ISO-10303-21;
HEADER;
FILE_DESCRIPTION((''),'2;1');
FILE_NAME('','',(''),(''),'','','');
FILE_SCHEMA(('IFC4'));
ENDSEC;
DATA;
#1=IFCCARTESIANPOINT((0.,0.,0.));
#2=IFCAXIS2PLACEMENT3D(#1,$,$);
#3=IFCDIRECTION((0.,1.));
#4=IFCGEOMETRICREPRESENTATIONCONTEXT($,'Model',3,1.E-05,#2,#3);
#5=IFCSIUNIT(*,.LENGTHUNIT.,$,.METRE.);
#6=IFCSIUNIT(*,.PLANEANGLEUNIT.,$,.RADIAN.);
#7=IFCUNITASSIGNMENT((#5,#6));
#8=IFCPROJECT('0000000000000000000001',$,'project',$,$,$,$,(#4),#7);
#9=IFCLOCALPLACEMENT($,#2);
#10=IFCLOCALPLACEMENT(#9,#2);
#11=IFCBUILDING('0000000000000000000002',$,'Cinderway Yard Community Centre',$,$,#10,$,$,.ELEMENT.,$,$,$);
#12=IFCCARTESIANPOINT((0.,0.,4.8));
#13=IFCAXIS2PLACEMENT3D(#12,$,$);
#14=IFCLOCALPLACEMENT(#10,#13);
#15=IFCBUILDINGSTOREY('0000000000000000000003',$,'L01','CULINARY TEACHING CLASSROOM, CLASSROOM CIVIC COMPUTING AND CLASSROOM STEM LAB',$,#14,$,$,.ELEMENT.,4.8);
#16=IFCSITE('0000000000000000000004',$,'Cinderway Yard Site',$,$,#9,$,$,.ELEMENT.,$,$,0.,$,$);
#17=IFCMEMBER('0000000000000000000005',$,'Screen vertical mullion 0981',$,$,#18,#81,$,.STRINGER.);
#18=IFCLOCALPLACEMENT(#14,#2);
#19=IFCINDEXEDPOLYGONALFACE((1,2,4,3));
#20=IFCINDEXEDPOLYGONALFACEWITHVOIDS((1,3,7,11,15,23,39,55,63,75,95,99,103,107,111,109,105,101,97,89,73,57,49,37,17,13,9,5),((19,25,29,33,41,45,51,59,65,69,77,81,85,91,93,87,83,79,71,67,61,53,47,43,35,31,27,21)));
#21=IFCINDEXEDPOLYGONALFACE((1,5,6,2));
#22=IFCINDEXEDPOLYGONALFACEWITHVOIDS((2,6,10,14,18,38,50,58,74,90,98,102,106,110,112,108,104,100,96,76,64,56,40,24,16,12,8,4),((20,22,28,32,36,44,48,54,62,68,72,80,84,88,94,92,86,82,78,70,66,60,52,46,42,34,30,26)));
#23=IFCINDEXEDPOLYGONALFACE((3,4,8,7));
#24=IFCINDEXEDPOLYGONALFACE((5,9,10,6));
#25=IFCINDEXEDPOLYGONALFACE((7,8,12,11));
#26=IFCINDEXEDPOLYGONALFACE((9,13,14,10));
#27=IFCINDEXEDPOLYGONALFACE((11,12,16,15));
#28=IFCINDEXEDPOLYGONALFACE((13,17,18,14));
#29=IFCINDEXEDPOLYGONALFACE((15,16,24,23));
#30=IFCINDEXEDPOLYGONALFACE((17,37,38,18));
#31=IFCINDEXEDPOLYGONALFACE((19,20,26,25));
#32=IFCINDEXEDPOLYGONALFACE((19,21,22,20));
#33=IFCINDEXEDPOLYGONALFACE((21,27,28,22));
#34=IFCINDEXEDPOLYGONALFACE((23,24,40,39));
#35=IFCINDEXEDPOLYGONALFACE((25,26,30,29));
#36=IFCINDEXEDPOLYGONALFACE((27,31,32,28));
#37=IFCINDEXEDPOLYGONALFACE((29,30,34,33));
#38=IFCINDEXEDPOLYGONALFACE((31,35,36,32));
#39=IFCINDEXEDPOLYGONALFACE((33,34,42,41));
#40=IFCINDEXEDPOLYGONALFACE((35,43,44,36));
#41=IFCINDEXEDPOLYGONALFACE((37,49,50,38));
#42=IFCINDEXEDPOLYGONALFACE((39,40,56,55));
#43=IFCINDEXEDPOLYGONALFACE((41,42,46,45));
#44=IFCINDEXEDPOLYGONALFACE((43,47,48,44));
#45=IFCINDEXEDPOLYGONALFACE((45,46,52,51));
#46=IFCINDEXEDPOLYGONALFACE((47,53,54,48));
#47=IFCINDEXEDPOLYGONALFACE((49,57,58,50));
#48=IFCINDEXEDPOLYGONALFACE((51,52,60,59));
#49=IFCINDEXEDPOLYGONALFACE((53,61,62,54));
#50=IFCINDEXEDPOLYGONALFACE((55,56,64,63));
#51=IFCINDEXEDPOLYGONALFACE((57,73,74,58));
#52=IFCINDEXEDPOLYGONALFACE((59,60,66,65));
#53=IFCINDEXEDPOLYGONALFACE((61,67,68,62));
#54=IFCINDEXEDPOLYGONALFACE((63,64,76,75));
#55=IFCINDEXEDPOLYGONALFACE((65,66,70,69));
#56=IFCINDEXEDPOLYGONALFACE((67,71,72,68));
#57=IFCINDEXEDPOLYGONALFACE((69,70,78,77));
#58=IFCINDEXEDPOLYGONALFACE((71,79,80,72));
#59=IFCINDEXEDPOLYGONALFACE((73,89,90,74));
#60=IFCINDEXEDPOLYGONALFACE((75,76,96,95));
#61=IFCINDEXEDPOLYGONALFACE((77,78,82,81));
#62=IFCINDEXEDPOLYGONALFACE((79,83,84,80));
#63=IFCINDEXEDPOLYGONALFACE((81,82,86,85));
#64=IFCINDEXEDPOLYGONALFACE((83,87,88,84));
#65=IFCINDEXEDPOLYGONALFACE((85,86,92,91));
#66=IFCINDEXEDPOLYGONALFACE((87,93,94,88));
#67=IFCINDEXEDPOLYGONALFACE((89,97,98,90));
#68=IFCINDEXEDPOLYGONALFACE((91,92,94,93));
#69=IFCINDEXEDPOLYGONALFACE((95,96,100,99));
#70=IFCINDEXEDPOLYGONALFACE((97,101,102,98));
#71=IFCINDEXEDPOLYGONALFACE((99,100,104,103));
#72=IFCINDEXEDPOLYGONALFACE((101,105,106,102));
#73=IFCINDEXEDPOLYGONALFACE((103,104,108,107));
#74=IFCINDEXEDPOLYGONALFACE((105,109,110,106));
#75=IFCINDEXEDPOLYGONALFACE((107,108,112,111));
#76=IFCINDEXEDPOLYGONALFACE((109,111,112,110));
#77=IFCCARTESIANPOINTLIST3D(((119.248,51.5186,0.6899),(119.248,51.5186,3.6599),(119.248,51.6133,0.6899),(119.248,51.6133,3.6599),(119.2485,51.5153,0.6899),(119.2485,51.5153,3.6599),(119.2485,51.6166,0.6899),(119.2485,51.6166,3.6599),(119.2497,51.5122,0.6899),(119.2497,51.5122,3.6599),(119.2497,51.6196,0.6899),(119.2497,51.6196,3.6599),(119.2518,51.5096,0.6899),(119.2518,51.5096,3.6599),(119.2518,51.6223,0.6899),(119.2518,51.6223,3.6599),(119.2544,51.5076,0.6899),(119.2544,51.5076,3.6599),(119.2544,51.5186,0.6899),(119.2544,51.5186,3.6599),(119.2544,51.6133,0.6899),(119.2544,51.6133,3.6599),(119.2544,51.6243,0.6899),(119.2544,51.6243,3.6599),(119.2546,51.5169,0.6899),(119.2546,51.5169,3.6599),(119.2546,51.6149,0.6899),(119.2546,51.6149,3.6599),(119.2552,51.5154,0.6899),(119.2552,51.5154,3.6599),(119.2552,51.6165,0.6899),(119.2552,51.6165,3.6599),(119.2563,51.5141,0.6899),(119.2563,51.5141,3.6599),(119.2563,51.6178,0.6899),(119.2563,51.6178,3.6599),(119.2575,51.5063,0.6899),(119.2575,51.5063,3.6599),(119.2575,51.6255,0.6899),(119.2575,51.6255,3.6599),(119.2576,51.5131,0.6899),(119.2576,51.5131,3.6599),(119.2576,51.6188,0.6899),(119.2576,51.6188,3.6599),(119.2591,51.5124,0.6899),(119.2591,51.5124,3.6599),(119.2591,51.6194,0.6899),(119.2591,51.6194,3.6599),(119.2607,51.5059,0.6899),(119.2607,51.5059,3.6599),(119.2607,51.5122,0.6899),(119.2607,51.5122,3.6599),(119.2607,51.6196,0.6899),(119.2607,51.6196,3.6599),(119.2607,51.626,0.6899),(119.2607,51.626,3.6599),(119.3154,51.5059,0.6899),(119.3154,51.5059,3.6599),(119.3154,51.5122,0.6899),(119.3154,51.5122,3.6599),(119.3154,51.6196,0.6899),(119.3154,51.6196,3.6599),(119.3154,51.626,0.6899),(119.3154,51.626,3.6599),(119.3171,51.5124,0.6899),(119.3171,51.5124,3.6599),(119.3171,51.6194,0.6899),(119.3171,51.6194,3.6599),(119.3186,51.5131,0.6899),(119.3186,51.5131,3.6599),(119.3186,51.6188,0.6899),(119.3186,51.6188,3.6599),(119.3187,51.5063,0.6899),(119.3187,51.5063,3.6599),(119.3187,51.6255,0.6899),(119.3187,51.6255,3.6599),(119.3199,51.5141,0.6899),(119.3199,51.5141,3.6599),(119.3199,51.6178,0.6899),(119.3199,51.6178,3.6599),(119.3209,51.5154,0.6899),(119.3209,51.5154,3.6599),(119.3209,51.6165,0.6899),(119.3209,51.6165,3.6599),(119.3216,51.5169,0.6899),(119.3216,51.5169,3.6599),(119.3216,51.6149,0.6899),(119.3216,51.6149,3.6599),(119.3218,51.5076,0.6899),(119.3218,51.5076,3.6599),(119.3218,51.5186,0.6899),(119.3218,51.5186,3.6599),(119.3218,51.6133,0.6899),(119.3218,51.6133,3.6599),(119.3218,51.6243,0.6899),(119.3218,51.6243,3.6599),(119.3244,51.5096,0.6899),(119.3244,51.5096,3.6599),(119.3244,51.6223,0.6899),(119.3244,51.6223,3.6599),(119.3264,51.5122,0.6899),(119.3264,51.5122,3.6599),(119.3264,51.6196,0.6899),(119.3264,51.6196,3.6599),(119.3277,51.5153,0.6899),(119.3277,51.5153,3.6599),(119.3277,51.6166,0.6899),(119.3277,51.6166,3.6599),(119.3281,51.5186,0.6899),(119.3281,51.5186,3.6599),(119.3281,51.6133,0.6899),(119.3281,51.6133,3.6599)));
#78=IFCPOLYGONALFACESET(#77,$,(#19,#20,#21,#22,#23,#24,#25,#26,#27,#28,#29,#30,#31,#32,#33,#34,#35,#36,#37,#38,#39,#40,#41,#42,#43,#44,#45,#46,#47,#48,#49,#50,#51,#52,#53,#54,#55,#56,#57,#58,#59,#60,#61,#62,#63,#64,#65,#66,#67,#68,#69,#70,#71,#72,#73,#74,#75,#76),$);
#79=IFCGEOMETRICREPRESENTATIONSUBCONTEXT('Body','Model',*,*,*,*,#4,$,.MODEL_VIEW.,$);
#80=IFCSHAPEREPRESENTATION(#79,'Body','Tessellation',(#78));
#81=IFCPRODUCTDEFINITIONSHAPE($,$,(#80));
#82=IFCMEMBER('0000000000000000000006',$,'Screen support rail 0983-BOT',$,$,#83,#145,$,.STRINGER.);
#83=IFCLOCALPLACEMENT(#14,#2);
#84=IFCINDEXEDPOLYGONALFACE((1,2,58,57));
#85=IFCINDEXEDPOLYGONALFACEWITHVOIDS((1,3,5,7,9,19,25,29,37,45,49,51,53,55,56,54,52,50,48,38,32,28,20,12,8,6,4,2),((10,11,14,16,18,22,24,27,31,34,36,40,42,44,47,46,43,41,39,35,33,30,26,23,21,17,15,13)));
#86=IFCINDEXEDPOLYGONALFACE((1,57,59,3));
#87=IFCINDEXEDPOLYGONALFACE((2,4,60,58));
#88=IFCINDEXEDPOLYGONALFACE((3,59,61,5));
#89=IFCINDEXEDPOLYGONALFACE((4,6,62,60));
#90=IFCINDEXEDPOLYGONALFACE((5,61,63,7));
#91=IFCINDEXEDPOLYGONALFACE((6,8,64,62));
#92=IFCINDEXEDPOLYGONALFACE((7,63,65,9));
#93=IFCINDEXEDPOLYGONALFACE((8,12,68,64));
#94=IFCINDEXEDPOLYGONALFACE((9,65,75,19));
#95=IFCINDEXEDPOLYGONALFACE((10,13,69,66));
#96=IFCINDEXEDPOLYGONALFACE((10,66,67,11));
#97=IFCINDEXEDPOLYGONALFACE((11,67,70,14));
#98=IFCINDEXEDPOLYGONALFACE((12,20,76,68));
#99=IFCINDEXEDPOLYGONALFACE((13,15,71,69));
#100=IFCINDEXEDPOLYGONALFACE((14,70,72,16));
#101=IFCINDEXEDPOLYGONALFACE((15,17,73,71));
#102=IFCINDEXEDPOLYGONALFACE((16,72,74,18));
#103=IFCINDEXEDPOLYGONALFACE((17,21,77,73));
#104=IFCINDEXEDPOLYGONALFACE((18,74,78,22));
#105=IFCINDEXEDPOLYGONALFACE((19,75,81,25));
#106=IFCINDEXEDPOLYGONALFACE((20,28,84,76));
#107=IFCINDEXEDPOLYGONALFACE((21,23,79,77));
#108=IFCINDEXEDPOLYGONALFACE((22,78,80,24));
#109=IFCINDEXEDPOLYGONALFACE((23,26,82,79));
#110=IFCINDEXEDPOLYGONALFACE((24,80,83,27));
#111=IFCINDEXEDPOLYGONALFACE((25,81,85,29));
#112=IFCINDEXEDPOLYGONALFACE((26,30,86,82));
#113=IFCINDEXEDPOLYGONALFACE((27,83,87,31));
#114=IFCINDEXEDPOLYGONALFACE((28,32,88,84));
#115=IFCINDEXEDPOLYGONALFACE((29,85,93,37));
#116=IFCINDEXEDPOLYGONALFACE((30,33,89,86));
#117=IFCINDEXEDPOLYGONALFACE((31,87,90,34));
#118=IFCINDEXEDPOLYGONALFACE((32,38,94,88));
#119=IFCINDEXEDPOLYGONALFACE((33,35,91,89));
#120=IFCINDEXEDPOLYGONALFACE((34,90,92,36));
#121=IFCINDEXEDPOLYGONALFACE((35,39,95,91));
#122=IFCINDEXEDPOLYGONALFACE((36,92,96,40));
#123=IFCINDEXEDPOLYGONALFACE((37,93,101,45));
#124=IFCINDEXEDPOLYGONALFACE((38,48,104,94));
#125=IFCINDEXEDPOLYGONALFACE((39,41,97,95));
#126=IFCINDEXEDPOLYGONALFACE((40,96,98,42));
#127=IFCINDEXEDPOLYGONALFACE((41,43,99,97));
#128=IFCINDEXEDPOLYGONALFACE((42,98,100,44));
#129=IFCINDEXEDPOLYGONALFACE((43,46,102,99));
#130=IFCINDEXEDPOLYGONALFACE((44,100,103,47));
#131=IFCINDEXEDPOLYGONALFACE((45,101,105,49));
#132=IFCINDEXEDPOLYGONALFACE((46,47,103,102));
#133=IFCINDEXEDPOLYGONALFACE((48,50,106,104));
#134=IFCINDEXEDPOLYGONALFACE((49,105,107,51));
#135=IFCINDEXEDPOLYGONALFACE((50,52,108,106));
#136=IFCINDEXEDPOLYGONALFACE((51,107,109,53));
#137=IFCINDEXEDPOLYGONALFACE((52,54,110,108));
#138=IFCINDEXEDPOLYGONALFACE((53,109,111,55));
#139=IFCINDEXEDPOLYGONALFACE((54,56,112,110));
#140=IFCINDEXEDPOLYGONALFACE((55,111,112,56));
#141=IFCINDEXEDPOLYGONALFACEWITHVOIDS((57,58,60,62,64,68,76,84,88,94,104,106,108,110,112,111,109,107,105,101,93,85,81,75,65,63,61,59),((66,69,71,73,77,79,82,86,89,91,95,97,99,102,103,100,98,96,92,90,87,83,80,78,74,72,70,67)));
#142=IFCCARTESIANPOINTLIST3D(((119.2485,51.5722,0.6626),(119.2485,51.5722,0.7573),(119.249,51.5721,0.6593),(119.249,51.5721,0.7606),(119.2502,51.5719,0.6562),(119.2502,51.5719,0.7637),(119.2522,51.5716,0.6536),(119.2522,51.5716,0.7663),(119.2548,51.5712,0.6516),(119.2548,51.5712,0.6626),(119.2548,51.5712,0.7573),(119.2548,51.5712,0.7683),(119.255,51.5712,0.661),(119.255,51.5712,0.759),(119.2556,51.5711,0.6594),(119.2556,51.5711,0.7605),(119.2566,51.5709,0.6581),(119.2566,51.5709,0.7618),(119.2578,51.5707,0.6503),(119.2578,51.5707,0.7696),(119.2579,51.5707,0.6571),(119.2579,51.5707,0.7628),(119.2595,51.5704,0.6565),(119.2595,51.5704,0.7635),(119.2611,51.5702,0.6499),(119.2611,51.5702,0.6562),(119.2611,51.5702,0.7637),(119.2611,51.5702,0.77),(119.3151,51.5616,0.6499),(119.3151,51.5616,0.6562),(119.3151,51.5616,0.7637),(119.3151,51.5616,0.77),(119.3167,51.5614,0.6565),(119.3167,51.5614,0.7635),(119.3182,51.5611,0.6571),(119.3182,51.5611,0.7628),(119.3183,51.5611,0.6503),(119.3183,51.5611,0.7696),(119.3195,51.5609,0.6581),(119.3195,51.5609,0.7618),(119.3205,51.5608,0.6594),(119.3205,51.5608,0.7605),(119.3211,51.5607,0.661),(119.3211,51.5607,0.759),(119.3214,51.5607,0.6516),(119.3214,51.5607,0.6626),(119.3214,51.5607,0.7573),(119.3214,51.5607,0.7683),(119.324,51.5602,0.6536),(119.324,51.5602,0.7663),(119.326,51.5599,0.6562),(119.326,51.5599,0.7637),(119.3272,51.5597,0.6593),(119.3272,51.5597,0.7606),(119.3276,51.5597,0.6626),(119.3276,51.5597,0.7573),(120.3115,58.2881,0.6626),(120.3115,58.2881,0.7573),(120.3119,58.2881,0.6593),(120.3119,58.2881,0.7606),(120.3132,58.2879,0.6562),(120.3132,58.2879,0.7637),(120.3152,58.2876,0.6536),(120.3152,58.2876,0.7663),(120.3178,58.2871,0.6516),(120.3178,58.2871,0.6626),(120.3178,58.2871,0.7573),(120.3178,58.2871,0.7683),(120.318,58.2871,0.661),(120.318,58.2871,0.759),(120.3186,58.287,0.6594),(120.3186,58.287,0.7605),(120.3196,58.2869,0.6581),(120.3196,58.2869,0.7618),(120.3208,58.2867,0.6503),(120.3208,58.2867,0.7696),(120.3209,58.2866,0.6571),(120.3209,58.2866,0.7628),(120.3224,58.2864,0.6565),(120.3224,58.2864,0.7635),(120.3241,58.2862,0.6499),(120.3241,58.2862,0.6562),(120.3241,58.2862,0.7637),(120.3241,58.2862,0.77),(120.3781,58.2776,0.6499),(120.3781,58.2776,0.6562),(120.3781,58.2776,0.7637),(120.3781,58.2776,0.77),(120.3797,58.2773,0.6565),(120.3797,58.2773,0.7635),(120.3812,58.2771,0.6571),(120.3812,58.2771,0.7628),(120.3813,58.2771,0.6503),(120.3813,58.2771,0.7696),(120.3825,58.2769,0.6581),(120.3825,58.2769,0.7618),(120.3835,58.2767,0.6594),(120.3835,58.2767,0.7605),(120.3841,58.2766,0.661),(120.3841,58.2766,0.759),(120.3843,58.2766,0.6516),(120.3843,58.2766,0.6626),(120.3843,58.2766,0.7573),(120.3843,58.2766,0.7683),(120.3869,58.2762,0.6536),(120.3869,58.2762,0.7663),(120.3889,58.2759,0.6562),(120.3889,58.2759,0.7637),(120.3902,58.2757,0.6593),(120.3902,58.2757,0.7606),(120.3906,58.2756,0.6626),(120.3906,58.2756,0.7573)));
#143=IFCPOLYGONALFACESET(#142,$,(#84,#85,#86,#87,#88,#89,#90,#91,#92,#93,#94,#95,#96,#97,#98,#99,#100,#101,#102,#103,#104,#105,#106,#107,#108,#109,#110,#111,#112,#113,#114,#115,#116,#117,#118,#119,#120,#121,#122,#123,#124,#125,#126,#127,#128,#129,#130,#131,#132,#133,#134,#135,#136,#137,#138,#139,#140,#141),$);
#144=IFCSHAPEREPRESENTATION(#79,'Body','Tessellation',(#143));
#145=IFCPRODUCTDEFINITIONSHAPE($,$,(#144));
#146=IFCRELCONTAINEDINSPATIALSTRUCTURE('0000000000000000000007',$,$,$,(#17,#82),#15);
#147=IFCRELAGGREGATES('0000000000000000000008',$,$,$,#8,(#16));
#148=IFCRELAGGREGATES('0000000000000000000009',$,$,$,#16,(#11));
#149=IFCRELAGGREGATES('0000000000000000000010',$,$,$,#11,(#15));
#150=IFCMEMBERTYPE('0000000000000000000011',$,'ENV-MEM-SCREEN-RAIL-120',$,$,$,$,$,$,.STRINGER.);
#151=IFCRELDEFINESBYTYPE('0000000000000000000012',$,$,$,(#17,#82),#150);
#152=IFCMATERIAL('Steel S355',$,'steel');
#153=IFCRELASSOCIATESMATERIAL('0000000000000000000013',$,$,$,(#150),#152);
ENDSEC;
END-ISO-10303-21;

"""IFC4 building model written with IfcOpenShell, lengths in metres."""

from ifc_helpers import new_model, si_unit, direction, frame, origin, origin_2d, place, context, subcontext, project, spatial, hollow_rectangle, extrude, material, material_profile, profile_set, type_object, element, save


model = new_model("IFC4")

# Units and contexts
model_context = context("Model", 3, precision=1e-05, world=origin(), true_north=direction((0.0, 1.0)))
body_context = subcontext(model_context, "Body", "Model", "MODEL_VIEW")
ifc_project = project(units=[si_unit("LENGTHUNIT", "METRE"), si_unit("PLANEANGLEUNIT", "RADIAN")], contexts=[model_context])

# Site, building, storey
site_placement = place(None, origin())
site = spatial("IfcSite", under=ifc_project, at=site_placement, Name="Cinderway Yard Site", CompositionType="ELEMENT", RefElevation=0.0)
building_placement = place(site_placement, origin())
building = spatial("IfcBuilding", under=site, at=building_placement, Name="Cinderway Yard Community Centre", CompositionType="ELEMENT")
storey_placement = place(building_placement, frame((0.0, 0.0, 4.8)))
storey = spatial("IfcBuildingStorey", under=building, at=storey_placement, Name="L01", Description="CULINARY TEACHING CLASSROOM, CLASSROOM CIVIC COMPUTING AND CLASSROOM STEM LAB", CompositionType="ELEMENT", Elevation=4.8)

# Members
ifc_material_1 = material(Name="Steel S355", Category="steel")
ifc_material_profile_1 = material_profile(ifc_material_1, hollow_rectangle(XDim=0.0801, YDim=0.1201, WallThickness=0.0063, InnerFilletRadius=0.0063, OuterFilletRadius=0.0127, at=origin_2d()), Name="Steel S355")
ifc_profile_set_1 = profile_set([ifc_material_profile_1], Name="Steel S355")
member_type_1 = type_object("IfcMemberType", Name="ENV-MEM-SCREEN-RAIL-120", PredefinedType="STRINGER", material=ifc_profile_set_1)
for number, where, z_axis, x_axis, name in (
    (1, (119.2881, 51.5659, 0.6899), (0.0, 0.0, 1.0), (1.0, 0.0, 0.0), "Screen vertical mullion 0981"),
):
    element("IfcMember", number, at=place(storey_placement, frame(where, z_axis=z_axis, x_axis=x_axis)), inside=storey, type_object=member_type_1, Name=name, PredefinedType="STRINGER", context=body_context, shape_type="SweptSolid", body=[
        extrude(hollow_rectangle(XDim=0.0801, YDim=0.1201, WallThickness=0.0063, InnerFilletRadius=0.0063, OuterFilletRadius=0.0127, at=origin_2d()), origin(), (0.0, 0.0, 1.0), 2.97),
    ])
for number, where, z_axis, x_axis, name in (
    (2, (119.2881, 51.5659, 0.71), (0.156329, 0.987705, 0.0), (-0.987705, 0.156329, 0.0), "Screen support rail 0983-BOT"),
):
    element("IfcMember", number, at=place(storey_placement, frame(where, z_axis=z_axis, x_axis=x_axis)), inside=storey, type_object=member_type_1, Name=name, PredefinedType="STRINGER", context=body_context, shape_type="SweptSolid", body=[
        extrude(hollow_rectangle(XDim=0.0801, YDim=0.1201, WallThickness=0.0063, InnerFilletRadius=0.0063, OuterFilletRadius=0.0127, at=origin_2d()), origin(), (0.0, 0.0, 1.0), 6.7996),
    ])

save(model, "model.ifc")
